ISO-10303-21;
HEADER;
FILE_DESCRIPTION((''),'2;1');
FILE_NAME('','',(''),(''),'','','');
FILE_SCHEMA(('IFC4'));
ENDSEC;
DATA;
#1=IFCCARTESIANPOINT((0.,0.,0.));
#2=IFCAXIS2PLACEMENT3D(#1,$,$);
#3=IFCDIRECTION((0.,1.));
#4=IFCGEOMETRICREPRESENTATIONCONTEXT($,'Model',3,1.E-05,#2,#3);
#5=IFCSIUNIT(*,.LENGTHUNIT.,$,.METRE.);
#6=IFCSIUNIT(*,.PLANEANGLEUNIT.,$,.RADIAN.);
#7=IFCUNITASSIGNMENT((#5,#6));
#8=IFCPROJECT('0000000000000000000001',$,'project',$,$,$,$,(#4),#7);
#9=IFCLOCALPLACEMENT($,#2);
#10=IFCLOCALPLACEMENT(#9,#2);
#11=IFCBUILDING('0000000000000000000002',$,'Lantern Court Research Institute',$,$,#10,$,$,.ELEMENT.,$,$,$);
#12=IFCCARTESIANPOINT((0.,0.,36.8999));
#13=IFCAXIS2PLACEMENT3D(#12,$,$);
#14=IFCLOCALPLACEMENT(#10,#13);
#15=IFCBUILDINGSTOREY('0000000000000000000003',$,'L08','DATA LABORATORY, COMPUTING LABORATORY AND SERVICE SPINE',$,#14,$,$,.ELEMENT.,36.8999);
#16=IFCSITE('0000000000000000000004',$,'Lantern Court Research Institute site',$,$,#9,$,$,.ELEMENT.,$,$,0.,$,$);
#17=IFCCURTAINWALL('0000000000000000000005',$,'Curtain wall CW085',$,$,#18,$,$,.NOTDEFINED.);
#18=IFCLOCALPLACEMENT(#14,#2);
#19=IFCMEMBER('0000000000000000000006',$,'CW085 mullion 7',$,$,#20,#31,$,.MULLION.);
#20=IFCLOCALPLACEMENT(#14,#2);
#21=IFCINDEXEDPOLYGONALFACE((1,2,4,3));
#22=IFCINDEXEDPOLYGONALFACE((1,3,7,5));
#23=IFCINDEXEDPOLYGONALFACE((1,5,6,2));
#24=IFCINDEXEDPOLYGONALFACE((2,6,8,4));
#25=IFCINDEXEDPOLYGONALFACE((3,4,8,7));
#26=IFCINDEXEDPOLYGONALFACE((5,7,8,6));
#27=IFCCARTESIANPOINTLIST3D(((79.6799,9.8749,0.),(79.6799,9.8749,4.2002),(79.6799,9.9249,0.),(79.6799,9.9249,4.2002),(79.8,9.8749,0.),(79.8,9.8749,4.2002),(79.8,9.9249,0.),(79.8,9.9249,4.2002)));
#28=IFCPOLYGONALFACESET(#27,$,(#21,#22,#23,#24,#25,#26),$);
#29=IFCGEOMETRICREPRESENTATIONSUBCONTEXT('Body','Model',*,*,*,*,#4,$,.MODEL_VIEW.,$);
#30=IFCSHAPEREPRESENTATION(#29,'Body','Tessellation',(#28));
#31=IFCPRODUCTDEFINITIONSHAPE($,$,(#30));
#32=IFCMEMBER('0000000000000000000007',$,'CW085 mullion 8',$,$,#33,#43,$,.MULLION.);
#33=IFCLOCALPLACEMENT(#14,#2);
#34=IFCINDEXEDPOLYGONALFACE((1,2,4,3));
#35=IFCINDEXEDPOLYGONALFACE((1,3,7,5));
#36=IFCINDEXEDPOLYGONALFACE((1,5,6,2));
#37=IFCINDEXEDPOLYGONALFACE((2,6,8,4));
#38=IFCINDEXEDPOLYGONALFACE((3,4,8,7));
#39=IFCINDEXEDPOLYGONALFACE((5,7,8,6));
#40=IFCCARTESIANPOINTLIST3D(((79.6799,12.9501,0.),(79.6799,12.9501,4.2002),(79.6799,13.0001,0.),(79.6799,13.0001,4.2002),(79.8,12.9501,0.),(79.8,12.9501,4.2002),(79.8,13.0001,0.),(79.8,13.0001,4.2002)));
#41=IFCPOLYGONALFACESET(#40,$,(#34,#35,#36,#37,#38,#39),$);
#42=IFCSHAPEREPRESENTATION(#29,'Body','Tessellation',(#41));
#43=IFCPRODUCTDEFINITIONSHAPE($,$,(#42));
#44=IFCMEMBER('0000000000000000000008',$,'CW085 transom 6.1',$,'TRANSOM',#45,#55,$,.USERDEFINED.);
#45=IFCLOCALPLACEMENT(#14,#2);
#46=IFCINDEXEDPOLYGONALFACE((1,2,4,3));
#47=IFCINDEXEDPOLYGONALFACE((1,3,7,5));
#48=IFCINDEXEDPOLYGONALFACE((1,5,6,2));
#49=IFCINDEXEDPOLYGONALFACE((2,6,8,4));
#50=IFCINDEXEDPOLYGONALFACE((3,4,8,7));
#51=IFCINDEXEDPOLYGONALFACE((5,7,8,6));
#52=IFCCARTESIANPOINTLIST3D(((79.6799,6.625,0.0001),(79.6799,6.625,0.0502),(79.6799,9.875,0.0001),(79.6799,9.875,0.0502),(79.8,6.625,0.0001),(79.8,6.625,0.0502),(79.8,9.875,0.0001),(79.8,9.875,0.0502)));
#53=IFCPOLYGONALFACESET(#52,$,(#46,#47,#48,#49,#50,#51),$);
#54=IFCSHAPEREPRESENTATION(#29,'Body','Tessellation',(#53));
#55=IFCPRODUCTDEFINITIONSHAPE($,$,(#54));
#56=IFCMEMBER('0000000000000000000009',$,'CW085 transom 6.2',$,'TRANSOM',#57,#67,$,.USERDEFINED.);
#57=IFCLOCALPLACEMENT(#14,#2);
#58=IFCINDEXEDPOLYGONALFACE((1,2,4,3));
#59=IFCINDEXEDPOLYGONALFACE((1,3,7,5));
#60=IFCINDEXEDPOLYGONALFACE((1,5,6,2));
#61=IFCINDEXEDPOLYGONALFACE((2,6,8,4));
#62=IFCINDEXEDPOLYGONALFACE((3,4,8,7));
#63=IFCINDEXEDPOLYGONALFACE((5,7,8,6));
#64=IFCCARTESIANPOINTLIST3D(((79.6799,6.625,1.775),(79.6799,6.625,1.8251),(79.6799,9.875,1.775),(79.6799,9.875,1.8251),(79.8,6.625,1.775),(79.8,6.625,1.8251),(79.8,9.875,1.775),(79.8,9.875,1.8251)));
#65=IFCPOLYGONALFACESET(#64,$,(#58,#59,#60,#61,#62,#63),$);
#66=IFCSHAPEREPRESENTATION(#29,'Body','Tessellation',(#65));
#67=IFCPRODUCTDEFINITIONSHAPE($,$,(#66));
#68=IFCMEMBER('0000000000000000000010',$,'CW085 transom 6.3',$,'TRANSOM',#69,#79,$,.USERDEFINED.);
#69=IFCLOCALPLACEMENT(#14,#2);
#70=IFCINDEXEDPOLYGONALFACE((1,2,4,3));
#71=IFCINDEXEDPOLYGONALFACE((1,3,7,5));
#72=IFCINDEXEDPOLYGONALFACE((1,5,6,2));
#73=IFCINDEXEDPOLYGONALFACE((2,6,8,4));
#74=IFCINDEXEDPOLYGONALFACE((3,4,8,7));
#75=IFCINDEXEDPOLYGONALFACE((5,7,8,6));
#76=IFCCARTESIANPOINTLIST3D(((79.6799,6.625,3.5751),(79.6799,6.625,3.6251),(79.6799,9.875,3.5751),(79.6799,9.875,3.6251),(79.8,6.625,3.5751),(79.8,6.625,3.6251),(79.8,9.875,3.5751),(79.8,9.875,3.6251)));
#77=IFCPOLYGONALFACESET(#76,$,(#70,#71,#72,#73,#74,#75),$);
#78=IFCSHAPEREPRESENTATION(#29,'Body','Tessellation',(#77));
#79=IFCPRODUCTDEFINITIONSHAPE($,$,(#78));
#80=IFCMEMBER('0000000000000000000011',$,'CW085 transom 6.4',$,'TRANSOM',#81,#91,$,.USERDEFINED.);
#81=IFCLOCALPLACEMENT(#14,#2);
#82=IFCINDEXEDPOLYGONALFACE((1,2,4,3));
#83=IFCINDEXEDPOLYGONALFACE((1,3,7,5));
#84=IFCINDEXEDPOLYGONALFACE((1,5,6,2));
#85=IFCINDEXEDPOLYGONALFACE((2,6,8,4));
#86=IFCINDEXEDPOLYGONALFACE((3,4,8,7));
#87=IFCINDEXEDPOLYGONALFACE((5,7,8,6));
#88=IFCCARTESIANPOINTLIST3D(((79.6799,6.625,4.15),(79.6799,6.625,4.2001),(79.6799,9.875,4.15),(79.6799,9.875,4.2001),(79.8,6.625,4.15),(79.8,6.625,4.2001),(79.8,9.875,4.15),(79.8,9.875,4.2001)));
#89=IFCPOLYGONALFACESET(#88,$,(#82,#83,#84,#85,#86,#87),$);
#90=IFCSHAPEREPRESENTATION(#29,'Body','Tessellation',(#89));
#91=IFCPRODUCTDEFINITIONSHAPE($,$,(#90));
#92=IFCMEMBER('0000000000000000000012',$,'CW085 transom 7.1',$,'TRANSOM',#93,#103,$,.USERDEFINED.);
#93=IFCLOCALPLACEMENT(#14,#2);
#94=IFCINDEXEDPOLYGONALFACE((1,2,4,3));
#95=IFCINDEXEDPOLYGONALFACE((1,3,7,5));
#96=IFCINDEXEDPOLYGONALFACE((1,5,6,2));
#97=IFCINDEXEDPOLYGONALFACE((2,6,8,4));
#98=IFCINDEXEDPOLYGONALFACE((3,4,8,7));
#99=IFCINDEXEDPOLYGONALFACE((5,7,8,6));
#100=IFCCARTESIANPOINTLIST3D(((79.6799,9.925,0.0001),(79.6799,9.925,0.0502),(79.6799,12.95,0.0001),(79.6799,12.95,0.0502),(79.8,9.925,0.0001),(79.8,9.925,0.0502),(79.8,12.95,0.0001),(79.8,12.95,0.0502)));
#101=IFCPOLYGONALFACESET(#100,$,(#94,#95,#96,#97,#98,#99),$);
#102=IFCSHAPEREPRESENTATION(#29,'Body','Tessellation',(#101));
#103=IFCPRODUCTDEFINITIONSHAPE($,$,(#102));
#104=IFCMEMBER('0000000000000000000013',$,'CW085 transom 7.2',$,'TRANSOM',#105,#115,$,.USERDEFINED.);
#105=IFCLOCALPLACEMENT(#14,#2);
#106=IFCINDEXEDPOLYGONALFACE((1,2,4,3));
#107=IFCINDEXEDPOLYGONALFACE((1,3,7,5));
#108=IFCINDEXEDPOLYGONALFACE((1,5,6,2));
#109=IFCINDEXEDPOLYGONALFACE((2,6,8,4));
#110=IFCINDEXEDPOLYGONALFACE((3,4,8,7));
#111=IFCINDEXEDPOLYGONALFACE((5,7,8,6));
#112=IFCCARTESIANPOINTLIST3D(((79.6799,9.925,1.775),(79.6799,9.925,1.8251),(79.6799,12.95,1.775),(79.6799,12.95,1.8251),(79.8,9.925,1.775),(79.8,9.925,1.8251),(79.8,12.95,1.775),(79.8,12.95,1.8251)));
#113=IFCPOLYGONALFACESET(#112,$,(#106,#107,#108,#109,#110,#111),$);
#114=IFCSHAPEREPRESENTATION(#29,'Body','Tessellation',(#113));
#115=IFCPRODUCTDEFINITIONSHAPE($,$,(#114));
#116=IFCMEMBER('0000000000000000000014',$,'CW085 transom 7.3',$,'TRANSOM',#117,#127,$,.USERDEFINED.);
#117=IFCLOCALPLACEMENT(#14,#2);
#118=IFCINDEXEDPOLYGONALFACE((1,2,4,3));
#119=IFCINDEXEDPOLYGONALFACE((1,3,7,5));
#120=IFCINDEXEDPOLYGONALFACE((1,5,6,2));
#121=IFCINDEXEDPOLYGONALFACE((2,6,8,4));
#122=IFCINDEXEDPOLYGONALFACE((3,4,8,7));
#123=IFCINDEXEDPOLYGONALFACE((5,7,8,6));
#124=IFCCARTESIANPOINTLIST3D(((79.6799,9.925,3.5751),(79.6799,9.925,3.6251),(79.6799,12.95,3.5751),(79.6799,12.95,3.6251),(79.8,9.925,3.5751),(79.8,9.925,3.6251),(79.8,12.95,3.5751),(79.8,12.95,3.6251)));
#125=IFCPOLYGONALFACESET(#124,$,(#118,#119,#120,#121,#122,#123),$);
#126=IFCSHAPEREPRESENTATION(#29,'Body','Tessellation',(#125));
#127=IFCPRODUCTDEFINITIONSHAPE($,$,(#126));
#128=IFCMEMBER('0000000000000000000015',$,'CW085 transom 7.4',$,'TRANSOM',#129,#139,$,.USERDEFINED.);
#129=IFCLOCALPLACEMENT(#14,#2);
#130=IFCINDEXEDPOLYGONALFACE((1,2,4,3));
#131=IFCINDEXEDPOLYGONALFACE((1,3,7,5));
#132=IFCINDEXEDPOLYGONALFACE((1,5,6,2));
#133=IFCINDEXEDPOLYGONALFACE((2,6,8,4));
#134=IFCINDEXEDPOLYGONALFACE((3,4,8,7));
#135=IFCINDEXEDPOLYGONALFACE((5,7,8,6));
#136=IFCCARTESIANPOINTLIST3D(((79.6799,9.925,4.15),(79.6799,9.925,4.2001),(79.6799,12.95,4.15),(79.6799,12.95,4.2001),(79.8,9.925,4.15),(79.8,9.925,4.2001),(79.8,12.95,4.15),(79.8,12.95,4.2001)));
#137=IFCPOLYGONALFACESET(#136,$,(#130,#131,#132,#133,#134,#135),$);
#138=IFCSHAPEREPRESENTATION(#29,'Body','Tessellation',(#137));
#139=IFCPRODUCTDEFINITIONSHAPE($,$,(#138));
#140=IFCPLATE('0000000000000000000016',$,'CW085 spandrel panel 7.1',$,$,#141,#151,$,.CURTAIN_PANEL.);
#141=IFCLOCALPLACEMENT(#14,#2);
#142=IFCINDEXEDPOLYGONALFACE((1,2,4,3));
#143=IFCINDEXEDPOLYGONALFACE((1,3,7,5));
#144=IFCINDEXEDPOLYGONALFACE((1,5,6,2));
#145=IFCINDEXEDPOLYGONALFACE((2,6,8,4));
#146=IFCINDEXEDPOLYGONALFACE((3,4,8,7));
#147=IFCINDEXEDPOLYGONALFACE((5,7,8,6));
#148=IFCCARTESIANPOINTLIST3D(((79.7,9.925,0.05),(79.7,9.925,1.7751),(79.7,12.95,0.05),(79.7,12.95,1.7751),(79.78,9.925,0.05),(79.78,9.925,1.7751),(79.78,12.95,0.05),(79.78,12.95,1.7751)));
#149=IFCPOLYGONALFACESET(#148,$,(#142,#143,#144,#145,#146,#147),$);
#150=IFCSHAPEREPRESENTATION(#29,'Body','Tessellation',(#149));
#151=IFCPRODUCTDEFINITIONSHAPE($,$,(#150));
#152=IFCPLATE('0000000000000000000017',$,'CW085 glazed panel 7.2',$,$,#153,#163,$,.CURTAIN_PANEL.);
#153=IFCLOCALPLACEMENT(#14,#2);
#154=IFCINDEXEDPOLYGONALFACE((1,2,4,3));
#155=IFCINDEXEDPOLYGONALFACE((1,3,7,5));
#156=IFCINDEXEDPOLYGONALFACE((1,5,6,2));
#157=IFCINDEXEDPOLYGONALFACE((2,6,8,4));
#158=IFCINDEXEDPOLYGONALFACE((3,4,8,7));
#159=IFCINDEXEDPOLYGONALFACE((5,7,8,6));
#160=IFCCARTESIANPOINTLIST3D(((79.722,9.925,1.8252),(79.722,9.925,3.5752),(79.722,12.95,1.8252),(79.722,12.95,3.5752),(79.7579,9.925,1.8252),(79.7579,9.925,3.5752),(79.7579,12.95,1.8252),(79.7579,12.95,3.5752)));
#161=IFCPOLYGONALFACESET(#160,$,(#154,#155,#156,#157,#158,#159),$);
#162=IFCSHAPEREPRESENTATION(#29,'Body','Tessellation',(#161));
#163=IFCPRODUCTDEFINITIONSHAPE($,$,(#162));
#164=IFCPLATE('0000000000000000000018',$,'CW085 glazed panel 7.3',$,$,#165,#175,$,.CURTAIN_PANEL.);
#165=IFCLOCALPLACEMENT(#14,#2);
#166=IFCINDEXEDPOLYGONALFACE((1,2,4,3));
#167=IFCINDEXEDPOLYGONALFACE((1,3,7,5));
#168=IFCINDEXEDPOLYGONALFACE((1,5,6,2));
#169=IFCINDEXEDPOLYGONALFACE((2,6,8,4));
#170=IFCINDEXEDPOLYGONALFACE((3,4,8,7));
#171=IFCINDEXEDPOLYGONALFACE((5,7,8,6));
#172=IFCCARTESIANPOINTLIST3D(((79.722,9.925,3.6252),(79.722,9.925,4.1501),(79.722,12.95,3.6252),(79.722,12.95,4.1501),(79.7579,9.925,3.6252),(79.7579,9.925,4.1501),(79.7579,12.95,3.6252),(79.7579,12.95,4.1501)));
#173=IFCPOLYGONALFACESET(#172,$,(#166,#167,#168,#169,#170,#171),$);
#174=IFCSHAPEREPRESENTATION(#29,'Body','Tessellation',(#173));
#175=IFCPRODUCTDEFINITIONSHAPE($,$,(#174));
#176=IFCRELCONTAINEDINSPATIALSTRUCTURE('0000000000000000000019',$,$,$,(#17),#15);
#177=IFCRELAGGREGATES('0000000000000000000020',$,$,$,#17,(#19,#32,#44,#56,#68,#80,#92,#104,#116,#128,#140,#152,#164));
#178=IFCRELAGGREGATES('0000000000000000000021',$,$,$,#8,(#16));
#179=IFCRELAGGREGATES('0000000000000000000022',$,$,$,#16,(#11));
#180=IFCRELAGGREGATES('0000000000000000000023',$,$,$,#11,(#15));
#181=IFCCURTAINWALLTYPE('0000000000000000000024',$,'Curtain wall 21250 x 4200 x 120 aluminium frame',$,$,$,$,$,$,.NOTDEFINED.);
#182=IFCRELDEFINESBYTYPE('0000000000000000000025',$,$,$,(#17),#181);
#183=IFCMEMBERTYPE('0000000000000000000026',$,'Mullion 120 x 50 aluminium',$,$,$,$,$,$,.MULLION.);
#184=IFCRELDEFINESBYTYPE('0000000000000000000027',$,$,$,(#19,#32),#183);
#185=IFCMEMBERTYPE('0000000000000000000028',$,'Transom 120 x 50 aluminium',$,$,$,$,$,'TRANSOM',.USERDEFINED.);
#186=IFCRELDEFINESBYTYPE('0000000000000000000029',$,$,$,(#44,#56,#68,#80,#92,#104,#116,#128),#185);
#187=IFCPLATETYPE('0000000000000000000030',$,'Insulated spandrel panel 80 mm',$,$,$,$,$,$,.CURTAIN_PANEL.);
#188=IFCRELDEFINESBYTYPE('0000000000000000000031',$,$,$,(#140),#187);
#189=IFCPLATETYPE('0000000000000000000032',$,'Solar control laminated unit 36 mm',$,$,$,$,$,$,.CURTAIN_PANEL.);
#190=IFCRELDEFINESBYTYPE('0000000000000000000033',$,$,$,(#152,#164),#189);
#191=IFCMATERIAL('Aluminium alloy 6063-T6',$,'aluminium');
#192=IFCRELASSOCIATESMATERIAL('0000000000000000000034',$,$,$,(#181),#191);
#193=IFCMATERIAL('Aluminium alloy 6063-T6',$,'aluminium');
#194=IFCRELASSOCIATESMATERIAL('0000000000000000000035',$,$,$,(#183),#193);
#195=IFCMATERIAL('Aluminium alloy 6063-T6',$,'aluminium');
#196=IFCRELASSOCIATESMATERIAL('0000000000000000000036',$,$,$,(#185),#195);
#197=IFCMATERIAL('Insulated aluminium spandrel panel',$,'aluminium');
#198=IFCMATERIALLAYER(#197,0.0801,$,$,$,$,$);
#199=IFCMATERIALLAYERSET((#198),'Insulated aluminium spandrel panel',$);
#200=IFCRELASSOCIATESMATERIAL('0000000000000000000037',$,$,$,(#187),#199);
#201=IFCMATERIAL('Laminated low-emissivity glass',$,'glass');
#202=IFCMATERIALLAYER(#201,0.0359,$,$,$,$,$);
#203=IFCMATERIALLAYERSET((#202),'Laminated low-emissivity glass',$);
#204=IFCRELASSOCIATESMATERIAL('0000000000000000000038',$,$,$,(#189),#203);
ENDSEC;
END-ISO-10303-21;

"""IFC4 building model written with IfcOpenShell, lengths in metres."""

from ifc_helpers import new_model, si_unit, direction, frame, origin, origin_2d, place, context, subcontext, project, spatial, rectangle, extrude, material, layer, layer_set, material_profile, profile_set, type_object, element, aggregate, save


model = new_model("IFC4")

# Units and contexts
model_context = context("Model", 3, precision=1e-05, world=origin(), true_north=direction((0.0, 1.0)))
body_context = subcontext(model_context, "Body", "Model", "MODEL_VIEW")
ifc_project = project(units=[si_unit("LENGTHUNIT", "METRE"), si_unit("PLANEANGLEUNIT", "RADIAN")], contexts=[model_context])

# Site, building, storey
site_placement = place(None, origin())
site = spatial("IfcSite", under=ifc_project, at=site_placement, Name="Lantern Court Research Institute site", CompositionType="ELEMENT", RefElevation=0.0)
building_placement = place(site_placement, origin())
building = spatial("IfcBuilding", under=site, at=building_placement, Name="Lantern Court Research Institute", CompositionType="ELEMENT")
storey_placement = place(building_placement, frame((0.0, 0.0, 36.8999)))
storey = spatial("IfcBuildingStorey", under=building, at=storey_placement, Name="L08", Description="DATA LABORATORY, COMPUTING LABORATORY AND SERVICE SPINE", CompositionType="ELEMENT", Elevation=36.8999)

# Curtain wall, members, plates
ifc_material_1 = material(Name="Aluminium alloy 6063-T6", Category="aluminium")
curtain_wall_type = type_object("IfcCurtainWallType", Name="Curtain wall 21250 x 4200 x 120 aluminium frame", PredefinedType="NOTDEFINED", material=ifc_material_1)
curtain_wall_placement = place(storey_placement, origin())
curtain_wall = element("IfcCurtainWall", 1, at=curtain_wall_placement, inside=storey, type_object=curtain_wall_type, Name="Curtain wall CW085", PredefinedType="NOTDEFINED")
ifc_material_2 = material(Name="Aluminium alloy 6063-T6", Category="aluminium")
ifc_material_profile_1 = material_profile(ifc_material_2, rectangle(XDim=0.1201, YDim=0.05, at=origin_2d()), Name="Mullion 120 x 50")
ifc_profile_set_1 = profile_set([ifc_material_profile_1], Name="Aluminium alloy 6063-T6")
member_type_1 = type_object("IfcMemberType", Name="Mullion 120 x 50 aluminium", PredefinedType="MULLION", material=ifc_profile_set_1)
member_1_placement = place(storey_placement, frame((79.74, 9.8999, 0.0), z_axis=(0.0, 0.0, 1.0), x_axis=(1.0, 0.0, 0.0)))
member_1 = element("IfcMember", 2, at=member_1_placement, type_object=member_type_1, Name="CW085 mullion 7", PredefinedType="MULLION", context=body_context, shape_type="SweptSolid", body=[
    extrude(rectangle(XDim=0.1201, YDim=0.05, at=origin_2d()), origin(), (0.0, 0.0, 1.0), 4.2002),
])
member_2_placement = place(storey_placement, frame((79.74, 12.9751, 0.0), z_axis=(0.0, 0.0, 1.0), x_axis=(1.0, 0.0, 0.0)))
member_2 = element("IfcMember", 3, at=member_2_placement, type_object=member_type_1, Name="CW085 mullion 8", PredefinedType="MULLION", context=body_context, shape_type="SweptSolid", body=[
    extrude(rectangle(XDim=0.1201, YDim=0.05, at=origin_2d()), origin(), (0.0, 0.0, 1.0), 4.2002),
])
ifc_material_3 = material(Name="Aluminium alloy 6063-T6", Category="aluminium")
ifc_material_profile_2 = material_profile(ifc_material_3, rectangle(XDim=0.1201, YDim=0.05, at=origin_2d()), Name="Transom 120 x 50")
ifc_profile_set_2 = profile_set([ifc_material_profile_2], Name="Aluminium alloy 6063-T6")
member_type_2 = type_object("IfcMemberType", Name="Transom 120 x 50 aluminium", ElementType="TRANSOM", PredefinedType="USERDEFINED", material=ifc_profile_set_2)
member_3_placement = place(storey_placement, frame((79.74, 9.875, 0.0251), z_axis=(0.0, -1.0, 0.0), x_axis=(1.0, 0.0, 0.0)))
member_3 = element("IfcMember", 4, at=member_3_placement, type_object=member_type_2, Name="CW085 transom 6.1", ObjectType="TRANSOM", PredefinedType="USERDEFINED", context=body_context, shape_type="SweptSolid", body=[
    extrude(rectangle(XDim=0.1201, YDim=0.05, at=origin_2d()), origin(), (0.0, 0.0, 1.0), 3.25),
])
member_4_placement = place(storey_placement, frame((79.74, 9.875, 1.8), z_axis=(0.0, -1.0, 0.0), x_axis=(1.0, 0.0, 0.0)))
member_4 = element("IfcMember", 5, at=member_4_placement, type_object=member_type_2, Name="CW085 transom 6.2", ObjectType="TRANSOM", PredefinedType="USERDEFINED", context=body_context, shape_type="SweptSolid", body=[
    extrude(rectangle(XDim=0.1201, YDim=0.05, at=origin_2d()), origin(), (0.0, 0.0, 1.0), 3.25),
])
member_5_placement = place(storey_placement, frame((79.74, 9.875, 3.6001), z_axis=(0.0, -1.0, 0.0), x_axis=(1.0, 0.0, 0.0)))
member_5 = element("IfcMember", 6, at=member_5_placement, type_object=member_type_2, Name="CW085 transom 6.3", ObjectType="TRANSOM", PredefinedType="USERDEFINED", context=body_context, shape_type="SweptSolid", body=[
    extrude(rectangle(XDim=0.1201, YDim=0.05, at=origin_2d()), origin(), (0.0, 0.0, 1.0), 3.25),
])
member_6_placement = place(storey_placement, frame((79.74, 9.875, 4.175), z_axis=(0.0, -1.0, 0.0), x_axis=(1.0, 0.0, 0.0)))
member_6 = element("IfcMember", 7, at=member_6_placement, type_object=member_type_2, Name="CW085 transom 6.4", ObjectType="TRANSOM", PredefinedType="USERDEFINED", context=body_context, shape_type="SweptSolid", body=[
    extrude(rectangle(XDim=0.1201, YDim=0.05, at=origin_2d()), origin(), (0.0, 0.0, 1.0), 3.25),
])
member_7_placement = place(storey_placement, frame((79.74, 12.95, 0.0251), z_axis=(0.0, -1.0, 0.0), x_axis=(1.0, 0.0, 0.0)))
member_7 = element("IfcMember", 8, at=member_7_placement, type_object=member_type_2, Name="CW085 transom 7.1", ObjectType="TRANSOM", PredefinedType="USERDEFINED", context=body_context, shape_type="SweptSolid", body=[
    extrude(rectangle(XDim=0.1201, YDim=0.05, at=origin_2d()), origin(), (0.0, 0.0, 1.0), 3.0249),
])
member_8_placement = place(storey_placement, frame((79.74, 12.95, 1.8), z_axis=(0.0, -1.0, 0.0), x_axis=(1.0, 0.0, 0.0)))
member_8 = element("IfcMember", 9, at=member_8_placement, type_object=member_type_2, Name="CW085 transom 7.2", ObjectType="TRANSOM", PredefinedType="USERDEFINED", context=body_context, shape_type="SweptSolid", body=[
    extrude(rectangle(XDim=0.1201, YDim=0.05, at=origin_2d()), origin(), (0.0, 0.0, 1.0), 3.0249),
])
member_9_placement = place(storey_placement, frame((79.74, 12.95, 3.6001), z_axis=(0.0, -1.0, 0.0), x_axis=(1.0, 0.0, 0.0)))
member_9 = element("IfcMember", 10, at=member_9_placement, type_object=member_type_2, Name="CW085 transom 7.3", ObjectType="TRANSOM", PredefinedType="USERDEFINED", context=body_context, shape_type="SweptSolid", body=[
    extrude(rectangle(XDim=0.1201, YDim=0.05, at=origin_2d()), origin(), (0.0, 0.0, 1.0), 3.0249),
])
member_10_placement = place(storey_placement, frame((79.74, 12.95, 4.175), z_axis=(0.0, -1.0, 0.0), x_axis=(1.0, 0.0, 0.0)))
member_10 = element("IfcMember", 11, at=member_10_placement, type_object=member_type_2, Name="CW085 transom 7.4", ObjectType="TRANSOM", PredefinedType="USERDEFINED", context=body_context, shape_type="SweptSolid", body=[
    extrude(rectangle(XDim=0.1201, YDim=0.05, at=origin_2d()), origin(), (0.0, 0.0, 1.0), 3.0249),
])
ifc_material_4 = material(Name="Insulated aluminium spandrel panel", Category="aluminium")
ifc_layer_1 = layer(ifc_material_4, 0.0801)
ifc_layer_set_1 = layer_set([ifc_layer_1], Name="Insulated aluminium spandrel panel")
plate_type_1 = type_object("IfcPlateType", Name="Insulated spandrel panel 80 mm", PredefinedType="CURTAIN_PANEL", material=ifc_layer_set_1)
plate_1_placement = place(storey_placement, frame((79.74, 11.4375, 0.05), z_axis=(0.0, 0.0, 1.0), x_axis=(0.0, -1.0, 0.0)))
plate_1 = element("IfcPlate", 12, at=plate_1_placement, type_object=plate_type_1, Name="CW085 spandrel panel 7.1", PredefinedType="CURTAIN_PANEL", context=body_context, shape_type="SweptSolid", body=[
    extrude(rectangle(XDim=3.0249, YDim=0.0801, at=origin_2d()), origin(), (0.0, 0.0, 1.0), 1.7251),
])
ifc_material_5 = material(Name="Laminated low-emissivity glass", Category="glass")
ifc_layer_2 = layer(ifc_material_5, 0.0359)
ifc_layer_set_2 = layer_set([ifc_layer_2], Name="Laminated low-emissivity glass")
plate_type_2 = type_object("IfcPlateType", Name="Solar control laminated unit 36 mm", PredefinedType="CURTAIN_PANEL", material=ifc_layer_set_2)
plate_2_placement = place(storey_placement, frame((79.74, 11.4375, 1.8252), z_axis=(0.0, 0.0, 1.0), x_axis=(0.0, -1.0, 0.0)))
plate_2 = element("IfcPlate", 13, at=plate_2_placement, type_object=plate_type_2, Name="CW085 glazed panel 7.2", PredefinedType="CURTAIN_PANEL", context=body_context, shape_type="SweptSolid", body=[
    extrude(rectangle(XDim=3.0249, YDim=0.0359, at=origin_2d()), origin(), (0.0, 0.0, 1.0), 1.75),
])
plate_3_placement = place(storey_placement, frame((79.74, 11.4375, 3.6252), z_axis=(0.0, 0.0, 1.0), x_axis=(0.0, -1.0, 0.0)))
plate_3 = element("IfcPlate", 14, at=plate_3_placement, type_object=plate_type_2, Name="CW085 glazed panel 7.3", PredefinedType="CURTAIN_PANEL", context=body_context, shape_type="SweptSolid", body=[
    extrude(rectangle(XDim=3.0249, YDim=0.0359, at=origin_2d()), origin(), (0.0, 0.0, 1.0), 0.5249),
])
aggregate(curtain_wall, [member_1, member_2, member_3, member_4, member_5, member_6, member_7, member_8, member_9, member_10, plate_1, plate_2, plate_3])

save(model, "model.ifc")
